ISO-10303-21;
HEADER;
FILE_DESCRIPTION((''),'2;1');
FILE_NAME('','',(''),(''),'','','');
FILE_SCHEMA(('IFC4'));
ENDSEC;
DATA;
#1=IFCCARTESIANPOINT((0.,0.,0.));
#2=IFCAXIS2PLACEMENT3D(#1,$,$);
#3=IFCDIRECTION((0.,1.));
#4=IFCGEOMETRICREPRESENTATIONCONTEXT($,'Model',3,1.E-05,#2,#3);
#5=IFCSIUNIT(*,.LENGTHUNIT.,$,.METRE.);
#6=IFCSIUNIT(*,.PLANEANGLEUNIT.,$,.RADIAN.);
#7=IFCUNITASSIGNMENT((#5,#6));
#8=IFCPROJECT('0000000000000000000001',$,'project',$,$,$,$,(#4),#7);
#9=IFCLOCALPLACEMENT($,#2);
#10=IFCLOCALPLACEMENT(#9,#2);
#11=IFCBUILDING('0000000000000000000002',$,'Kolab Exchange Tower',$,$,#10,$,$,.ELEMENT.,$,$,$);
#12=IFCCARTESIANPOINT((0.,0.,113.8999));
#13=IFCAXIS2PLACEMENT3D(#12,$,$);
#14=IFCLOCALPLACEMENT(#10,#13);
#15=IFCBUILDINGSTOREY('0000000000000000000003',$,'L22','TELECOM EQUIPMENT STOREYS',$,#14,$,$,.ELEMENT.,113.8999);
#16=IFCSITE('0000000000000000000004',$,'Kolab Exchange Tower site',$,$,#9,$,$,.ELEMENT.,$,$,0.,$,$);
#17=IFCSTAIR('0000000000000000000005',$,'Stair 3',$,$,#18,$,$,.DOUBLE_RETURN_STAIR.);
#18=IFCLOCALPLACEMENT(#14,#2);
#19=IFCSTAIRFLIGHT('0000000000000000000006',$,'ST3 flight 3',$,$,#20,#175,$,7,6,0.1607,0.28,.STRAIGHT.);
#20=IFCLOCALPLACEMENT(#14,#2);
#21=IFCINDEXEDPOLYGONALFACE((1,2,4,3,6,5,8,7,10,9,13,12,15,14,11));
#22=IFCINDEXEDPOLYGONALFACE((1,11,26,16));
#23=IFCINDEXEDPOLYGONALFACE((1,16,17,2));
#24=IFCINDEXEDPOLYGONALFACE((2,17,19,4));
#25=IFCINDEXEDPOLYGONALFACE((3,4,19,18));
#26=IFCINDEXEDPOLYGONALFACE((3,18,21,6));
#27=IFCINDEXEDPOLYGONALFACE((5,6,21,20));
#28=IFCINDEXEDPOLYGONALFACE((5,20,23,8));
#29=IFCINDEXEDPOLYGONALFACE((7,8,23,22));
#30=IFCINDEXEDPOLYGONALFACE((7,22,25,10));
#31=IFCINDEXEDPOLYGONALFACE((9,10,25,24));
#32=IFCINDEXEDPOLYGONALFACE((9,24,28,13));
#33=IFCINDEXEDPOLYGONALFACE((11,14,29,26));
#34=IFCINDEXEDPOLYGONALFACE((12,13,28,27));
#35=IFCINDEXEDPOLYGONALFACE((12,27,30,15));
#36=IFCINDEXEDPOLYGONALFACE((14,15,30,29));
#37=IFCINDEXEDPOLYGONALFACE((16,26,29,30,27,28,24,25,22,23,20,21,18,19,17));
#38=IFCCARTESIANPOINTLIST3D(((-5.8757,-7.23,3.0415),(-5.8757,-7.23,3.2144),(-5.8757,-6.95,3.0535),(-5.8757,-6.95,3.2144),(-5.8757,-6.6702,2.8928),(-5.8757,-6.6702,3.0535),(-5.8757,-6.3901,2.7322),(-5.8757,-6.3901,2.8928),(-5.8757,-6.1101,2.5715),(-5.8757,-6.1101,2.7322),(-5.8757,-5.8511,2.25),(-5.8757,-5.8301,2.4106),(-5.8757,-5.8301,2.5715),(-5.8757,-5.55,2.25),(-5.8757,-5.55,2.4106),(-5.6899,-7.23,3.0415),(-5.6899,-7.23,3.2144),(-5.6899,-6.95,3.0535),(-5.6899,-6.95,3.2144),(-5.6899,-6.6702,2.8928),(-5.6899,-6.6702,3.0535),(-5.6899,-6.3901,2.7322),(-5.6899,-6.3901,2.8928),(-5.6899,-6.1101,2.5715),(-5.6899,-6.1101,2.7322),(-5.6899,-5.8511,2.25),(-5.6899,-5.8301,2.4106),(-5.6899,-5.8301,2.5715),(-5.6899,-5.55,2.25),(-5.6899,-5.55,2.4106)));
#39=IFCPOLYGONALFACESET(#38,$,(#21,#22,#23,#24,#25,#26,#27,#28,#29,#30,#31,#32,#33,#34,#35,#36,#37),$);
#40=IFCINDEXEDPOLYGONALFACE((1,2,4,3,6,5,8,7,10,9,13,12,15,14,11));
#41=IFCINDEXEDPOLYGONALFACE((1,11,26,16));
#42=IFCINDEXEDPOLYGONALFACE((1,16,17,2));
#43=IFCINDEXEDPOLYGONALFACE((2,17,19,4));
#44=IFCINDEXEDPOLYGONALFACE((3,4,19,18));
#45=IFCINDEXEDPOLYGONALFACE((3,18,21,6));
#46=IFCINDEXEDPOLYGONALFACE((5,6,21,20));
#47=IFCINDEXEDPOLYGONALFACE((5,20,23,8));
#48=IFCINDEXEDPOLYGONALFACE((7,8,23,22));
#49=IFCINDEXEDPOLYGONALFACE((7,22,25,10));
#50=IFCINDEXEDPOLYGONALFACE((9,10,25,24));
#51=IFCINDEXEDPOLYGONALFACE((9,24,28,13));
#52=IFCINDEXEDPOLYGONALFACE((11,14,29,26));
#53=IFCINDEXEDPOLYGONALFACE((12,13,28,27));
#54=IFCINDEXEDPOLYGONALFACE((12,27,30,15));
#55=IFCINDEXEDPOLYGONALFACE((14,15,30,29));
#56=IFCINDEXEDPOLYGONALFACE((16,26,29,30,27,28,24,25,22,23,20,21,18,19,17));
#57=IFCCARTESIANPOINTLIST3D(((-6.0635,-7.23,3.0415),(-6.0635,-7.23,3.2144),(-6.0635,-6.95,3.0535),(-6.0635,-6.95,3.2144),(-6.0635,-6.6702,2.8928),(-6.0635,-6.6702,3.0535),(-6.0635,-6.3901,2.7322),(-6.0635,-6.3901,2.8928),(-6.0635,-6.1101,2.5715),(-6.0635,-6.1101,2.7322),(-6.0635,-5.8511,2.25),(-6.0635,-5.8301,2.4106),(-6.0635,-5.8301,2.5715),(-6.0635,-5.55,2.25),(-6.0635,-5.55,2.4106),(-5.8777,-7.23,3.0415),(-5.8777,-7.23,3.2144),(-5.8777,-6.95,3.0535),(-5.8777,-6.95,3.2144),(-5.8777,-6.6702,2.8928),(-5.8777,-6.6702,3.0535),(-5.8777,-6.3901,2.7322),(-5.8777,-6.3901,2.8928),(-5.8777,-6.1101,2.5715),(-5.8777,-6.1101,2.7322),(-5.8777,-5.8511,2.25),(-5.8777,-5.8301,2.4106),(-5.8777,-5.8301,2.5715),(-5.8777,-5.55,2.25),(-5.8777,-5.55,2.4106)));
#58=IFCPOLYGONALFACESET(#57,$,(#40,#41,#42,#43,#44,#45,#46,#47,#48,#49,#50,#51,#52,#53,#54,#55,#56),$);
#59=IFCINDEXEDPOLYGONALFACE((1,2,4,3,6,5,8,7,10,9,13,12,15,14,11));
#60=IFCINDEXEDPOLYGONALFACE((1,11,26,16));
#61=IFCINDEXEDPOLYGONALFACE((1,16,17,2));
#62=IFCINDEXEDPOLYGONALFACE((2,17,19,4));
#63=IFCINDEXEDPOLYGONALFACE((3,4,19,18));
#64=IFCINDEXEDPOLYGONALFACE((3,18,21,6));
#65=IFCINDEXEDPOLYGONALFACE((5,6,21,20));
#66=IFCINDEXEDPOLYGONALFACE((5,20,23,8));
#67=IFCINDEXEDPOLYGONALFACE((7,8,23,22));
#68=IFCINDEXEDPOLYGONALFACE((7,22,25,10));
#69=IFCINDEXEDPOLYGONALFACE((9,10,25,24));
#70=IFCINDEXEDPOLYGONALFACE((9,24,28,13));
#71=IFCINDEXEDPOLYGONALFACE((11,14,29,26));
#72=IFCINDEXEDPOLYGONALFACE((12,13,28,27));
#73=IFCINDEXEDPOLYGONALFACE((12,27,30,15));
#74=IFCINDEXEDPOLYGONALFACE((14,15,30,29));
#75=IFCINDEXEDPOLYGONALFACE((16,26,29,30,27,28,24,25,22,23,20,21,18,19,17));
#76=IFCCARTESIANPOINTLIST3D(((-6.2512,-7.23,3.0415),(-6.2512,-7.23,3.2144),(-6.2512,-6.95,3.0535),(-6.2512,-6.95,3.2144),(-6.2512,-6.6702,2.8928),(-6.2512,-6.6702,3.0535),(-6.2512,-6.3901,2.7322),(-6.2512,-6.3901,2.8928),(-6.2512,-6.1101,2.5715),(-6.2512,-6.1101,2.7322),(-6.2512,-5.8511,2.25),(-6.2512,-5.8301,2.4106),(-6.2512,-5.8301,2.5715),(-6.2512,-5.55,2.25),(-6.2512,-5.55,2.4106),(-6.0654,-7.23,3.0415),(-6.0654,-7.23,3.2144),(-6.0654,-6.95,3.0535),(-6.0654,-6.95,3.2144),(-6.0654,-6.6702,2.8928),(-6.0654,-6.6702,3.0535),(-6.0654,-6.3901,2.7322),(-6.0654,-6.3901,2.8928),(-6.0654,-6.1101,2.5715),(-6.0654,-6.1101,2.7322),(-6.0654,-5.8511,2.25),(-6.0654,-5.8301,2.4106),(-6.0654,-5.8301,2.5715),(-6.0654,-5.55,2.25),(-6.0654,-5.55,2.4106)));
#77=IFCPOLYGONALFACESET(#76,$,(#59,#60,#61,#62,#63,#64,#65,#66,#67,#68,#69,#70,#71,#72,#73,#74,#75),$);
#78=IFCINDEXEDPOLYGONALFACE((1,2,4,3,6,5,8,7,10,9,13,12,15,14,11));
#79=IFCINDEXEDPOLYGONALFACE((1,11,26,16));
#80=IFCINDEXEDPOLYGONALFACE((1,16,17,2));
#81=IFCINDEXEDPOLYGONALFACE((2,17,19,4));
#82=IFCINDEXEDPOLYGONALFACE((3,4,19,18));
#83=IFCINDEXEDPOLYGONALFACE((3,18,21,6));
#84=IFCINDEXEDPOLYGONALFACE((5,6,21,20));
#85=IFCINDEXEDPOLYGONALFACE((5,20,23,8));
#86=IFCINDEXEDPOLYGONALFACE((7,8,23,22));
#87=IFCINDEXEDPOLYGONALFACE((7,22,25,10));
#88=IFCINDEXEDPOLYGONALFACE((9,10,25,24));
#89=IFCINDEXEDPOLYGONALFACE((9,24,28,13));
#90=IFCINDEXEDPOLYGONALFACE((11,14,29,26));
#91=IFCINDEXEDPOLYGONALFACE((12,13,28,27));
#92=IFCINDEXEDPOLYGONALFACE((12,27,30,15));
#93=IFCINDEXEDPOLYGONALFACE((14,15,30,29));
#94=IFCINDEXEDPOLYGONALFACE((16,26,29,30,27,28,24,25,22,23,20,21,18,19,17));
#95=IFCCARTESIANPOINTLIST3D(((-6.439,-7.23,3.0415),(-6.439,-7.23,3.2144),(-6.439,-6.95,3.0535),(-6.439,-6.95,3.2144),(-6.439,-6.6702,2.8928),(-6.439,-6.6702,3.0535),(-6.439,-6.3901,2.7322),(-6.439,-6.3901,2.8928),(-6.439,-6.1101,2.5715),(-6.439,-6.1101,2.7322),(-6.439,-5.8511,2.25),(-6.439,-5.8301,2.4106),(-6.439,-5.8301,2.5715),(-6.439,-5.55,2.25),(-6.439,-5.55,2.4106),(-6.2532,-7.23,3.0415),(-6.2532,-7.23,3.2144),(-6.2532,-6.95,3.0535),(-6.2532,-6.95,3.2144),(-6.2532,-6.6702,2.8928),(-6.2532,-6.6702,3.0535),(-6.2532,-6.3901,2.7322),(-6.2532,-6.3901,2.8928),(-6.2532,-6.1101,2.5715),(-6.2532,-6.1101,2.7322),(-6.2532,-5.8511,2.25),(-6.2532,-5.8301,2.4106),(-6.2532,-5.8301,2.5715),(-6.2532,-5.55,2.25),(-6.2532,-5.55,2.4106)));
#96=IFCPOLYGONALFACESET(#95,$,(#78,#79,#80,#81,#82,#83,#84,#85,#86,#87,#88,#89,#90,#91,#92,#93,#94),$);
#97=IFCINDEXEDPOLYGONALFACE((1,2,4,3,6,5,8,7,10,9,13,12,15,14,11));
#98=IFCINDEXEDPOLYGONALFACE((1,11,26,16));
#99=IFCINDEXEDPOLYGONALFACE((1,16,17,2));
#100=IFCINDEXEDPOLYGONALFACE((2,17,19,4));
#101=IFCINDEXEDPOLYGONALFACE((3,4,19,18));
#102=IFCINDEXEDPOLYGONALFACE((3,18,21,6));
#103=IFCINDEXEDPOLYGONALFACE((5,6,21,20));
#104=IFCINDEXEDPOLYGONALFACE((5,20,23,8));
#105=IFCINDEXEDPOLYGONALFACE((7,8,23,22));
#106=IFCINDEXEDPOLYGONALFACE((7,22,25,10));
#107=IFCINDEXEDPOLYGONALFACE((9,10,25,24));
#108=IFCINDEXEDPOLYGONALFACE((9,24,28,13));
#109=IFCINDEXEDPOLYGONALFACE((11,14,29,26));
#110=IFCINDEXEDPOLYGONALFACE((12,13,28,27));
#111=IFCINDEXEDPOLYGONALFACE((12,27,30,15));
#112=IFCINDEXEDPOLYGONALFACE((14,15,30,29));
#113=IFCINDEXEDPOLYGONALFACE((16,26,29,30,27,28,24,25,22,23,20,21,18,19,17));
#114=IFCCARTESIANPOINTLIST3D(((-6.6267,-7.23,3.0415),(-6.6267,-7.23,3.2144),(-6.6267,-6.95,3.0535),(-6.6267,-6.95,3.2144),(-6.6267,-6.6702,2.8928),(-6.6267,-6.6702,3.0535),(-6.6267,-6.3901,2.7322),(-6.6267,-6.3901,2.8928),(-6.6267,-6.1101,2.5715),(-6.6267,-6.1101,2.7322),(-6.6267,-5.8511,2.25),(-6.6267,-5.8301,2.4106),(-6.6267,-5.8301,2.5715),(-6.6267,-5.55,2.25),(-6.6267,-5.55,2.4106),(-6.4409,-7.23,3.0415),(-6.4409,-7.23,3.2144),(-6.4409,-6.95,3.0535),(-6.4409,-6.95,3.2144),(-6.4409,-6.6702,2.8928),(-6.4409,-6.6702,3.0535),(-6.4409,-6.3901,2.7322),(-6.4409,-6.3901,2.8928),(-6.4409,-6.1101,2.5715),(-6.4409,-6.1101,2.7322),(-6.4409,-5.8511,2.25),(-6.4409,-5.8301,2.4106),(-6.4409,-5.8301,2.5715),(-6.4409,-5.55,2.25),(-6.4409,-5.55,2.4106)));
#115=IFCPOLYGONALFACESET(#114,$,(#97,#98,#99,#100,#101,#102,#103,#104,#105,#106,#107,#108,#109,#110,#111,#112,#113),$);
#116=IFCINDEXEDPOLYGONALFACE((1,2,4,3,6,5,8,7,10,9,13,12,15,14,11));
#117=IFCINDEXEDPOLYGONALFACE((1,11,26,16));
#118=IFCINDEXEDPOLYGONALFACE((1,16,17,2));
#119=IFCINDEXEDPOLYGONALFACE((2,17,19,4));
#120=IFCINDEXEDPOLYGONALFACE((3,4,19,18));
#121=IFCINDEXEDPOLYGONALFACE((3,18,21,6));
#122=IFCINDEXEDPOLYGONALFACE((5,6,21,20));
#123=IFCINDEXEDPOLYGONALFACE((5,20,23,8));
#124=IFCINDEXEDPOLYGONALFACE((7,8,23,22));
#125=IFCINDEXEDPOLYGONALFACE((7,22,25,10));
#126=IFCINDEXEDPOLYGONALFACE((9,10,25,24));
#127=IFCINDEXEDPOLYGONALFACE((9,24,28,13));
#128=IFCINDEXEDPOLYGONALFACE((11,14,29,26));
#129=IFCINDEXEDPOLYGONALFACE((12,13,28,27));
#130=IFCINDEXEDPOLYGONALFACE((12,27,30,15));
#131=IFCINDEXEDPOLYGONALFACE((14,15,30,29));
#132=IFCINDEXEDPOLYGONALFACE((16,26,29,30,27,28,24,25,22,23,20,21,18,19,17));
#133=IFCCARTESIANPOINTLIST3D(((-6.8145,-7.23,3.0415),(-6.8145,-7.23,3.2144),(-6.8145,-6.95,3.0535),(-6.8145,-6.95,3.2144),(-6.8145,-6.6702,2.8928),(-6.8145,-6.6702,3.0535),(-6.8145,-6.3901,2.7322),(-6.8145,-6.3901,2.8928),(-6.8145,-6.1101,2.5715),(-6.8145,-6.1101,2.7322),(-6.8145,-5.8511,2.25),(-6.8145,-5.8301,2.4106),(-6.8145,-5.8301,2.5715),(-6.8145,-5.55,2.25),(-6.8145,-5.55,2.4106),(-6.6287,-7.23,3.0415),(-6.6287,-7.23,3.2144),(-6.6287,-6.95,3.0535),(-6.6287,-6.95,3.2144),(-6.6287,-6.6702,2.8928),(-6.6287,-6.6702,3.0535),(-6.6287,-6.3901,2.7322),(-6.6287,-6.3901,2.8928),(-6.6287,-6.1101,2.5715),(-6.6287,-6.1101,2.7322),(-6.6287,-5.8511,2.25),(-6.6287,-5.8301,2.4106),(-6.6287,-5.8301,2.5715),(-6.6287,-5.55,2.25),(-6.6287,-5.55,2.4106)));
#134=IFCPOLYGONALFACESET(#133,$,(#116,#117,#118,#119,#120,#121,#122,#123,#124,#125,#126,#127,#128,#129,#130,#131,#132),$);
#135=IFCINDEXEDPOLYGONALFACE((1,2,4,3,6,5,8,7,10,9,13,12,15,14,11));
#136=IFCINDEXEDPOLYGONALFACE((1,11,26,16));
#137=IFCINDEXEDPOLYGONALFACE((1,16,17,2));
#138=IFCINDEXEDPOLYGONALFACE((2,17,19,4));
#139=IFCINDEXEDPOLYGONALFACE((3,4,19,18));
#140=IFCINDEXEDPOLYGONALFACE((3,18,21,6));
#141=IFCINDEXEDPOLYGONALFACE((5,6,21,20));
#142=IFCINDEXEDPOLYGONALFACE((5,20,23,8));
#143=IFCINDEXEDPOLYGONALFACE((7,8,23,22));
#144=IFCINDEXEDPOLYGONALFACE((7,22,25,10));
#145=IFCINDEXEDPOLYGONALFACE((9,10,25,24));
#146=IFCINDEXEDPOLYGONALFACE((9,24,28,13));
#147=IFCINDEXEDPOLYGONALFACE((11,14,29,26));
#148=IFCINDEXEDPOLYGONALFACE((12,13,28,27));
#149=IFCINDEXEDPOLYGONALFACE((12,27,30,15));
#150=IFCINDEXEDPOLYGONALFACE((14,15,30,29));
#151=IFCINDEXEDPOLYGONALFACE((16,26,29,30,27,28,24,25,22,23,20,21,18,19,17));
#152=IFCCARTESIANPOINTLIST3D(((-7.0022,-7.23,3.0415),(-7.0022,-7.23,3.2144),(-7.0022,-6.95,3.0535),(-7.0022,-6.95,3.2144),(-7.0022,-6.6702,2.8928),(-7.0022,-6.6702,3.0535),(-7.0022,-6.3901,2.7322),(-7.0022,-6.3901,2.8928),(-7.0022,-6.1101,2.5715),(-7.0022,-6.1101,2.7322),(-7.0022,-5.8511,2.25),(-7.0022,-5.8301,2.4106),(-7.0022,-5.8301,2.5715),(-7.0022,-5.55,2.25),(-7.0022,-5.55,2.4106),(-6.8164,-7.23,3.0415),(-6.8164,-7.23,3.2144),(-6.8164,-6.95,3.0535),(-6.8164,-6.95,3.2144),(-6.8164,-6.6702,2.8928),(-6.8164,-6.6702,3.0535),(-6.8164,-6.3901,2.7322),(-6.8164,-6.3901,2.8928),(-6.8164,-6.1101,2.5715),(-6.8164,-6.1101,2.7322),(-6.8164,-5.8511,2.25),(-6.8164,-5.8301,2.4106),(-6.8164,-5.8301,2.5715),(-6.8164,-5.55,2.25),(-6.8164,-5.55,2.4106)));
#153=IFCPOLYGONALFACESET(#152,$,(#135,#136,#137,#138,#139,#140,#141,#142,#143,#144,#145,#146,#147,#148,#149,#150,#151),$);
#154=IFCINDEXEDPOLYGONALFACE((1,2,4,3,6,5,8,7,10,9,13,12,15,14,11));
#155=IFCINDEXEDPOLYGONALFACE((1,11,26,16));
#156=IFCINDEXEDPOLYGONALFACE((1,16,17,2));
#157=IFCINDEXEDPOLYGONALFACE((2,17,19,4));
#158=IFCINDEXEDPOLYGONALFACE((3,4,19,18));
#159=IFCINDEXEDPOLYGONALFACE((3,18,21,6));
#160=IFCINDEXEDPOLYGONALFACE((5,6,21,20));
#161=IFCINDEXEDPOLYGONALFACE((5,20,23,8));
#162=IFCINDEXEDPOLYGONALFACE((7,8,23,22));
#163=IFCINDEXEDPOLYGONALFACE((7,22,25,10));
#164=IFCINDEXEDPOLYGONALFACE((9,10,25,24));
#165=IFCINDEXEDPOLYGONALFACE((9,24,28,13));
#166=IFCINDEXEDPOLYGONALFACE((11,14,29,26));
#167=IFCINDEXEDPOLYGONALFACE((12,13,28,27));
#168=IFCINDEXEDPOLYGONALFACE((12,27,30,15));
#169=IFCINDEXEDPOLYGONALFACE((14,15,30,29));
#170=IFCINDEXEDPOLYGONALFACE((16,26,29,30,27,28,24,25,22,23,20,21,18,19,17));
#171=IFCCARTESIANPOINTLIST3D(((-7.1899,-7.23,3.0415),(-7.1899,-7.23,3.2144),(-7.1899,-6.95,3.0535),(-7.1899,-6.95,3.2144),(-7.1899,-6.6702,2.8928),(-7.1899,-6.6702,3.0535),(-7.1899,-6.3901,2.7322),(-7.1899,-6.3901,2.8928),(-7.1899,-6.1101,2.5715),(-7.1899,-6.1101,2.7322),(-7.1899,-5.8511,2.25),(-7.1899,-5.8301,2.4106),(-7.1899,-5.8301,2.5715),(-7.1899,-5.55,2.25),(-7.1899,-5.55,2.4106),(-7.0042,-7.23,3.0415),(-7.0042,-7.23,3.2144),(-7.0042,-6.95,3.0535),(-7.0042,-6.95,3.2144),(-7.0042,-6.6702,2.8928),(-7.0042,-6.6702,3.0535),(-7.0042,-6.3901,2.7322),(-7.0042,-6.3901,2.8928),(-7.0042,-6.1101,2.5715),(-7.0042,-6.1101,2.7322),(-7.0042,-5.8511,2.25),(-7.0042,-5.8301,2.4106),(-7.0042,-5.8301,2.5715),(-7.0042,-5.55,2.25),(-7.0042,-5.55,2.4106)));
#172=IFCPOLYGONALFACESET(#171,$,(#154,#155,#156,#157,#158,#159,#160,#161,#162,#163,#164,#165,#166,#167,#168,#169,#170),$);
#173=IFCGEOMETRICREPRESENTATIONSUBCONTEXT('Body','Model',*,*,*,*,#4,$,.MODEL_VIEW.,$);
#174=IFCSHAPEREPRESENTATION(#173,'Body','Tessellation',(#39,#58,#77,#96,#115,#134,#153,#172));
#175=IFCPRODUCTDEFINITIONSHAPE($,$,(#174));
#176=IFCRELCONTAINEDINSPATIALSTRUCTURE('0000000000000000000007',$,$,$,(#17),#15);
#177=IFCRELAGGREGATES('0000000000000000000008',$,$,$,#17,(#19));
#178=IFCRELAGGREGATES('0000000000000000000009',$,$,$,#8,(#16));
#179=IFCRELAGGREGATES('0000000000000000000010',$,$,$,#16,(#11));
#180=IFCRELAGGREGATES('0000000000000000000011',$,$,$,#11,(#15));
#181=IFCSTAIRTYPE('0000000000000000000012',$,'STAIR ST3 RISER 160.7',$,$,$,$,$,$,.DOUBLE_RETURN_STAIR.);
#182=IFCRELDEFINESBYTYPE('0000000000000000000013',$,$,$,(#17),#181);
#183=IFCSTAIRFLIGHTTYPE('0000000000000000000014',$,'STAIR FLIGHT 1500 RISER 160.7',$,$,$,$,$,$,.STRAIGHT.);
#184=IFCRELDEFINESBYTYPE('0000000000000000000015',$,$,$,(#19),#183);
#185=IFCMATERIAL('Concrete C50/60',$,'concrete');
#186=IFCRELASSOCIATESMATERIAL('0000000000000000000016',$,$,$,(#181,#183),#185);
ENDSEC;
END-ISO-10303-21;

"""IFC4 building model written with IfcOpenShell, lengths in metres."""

from ifc_helpers import new_model, si_unit, direction, frame, origin, place, context, subcontext, project, spatial, polyline, outline, extrude, material, type_object, element, aggregate, save


model = new_model("IFC4")

# Units and contexts
model_context = context("Model", 3, precision=1e-05, world=origin(), true_north=direction((0.0, 1.0)))
body_context = subcontext(model_context, "Body", "Model", "MODEL_VIEW")
ifc_project = project(units=[si_unit("LENGTHUNIT", "METRE"), si_unit("PLANEANGLEUNIT", "RADIAN")], contexts=[model_context])

# Site, building, storey
site_placement = place(None, origin())
site = spatial("IfcSite", under=ifc_project, at=site_placement, Name="Kolab Exchange Tower site", CompositionType="ELEMENT", RefElevation=0.0)
building_placement = place(site_placement, origin())
building = spatial("IfcBuilding", under=site, at=building_placement, Name="Kolab Exchange Tower", CompositionType="ELEMENT")
storey_placement = place(building_placement, frame((0.0, 0.0, 113.8999)))
storey = spatial("IfcBuildingStorey", under=building, at=storey_placement, Name="L22", Description="TELECOM EQUIPMENT STOREYS", CompositionType="ELEMENT", Elevation=113.8999)

# Shared definitions
ifc_material_1 = material(Name="Concrete C50/60", Category="concrete")

# Stair, stair flight
stair_type = type_object("IfcStairType", Name="STAIR ST3 RISER 160.7", PredefinedType="DOUBLE_RETURN_STAIR", material=ifc_material_1)
stair_placement = place(storey_placement, origin())
stair = element("IfcStair", 1, at=stair_placement, inside=storey, type_object=stair_type, Name="Stair 3", PredefinedType="DOUBLE_RETURN_STAIR")
stair_flight_type = type_object("IfcStairFlightType", Name="STAIR FLIGHT 1500 RISER 160.7", PredefinedType="STRAIGHT", material=ifc_material_1)
stair_flight_1_placement = place(storey_placement, frame((-6.4399, -5.55, 2.25), z_axis=(0.0, 0.0, 1.0), x_axis=(0.0, -1.0, 0.0)))
stair_flight_1 = element("IfcStairFlight", 2, at=stair_flight_1_placement, type_object=stair_flight_type, Name="ST3 flight 3", NumberOfRisers=7, NumberOfTreads=6, PredefinedType="STRAIGHT", RiserHeight=0.1607, TreadLength=0.28, context=body_context, shape_type="SweptSolid", body=[
    extrude(outline(polyline([(0.0, 0.0), (0.0, 0.1606), (0.28, 0.1606), (0.28, 0.3215), (0.5601, 0.3215), (0.5601, 0.4822), (0.8401, 0.4822), (0.8401, 0.6428), (1.1201, 0.6428), (1.1201, 0.8035), (1.3999, 0.8035), (1.3999, 0.9644), (1.6799, 0.9644), (1.6799, 1.125), (1.6799, 0.7915), (0.301, 0.0), (0.0, 0.0)])), frame((0.0, 0.75, 0.0), z_axis=(0.0, -1.0, 0.0), x_axis=(1.0, 0.0, 0.0)), (0.0, 0.0, 1.0), 0.1858),
    extrude(outline(polyline([(0.0, 0.0), (0.0, 0.1606), (0.28, 0.1606), (0.28, 0.3215), (0.5601, 0.3215), (0.5601, 0.4822), (0.8401, 0.4822), (0.8401, 0.6428), (1.1201, 0.6428), (1.1201, 0.8035), (1.3999, 0.8035), (1.3999, 0.9644), (1.6799, 0.9644), (1.6799, 1.125), (1.6799, 0.7915), (0.301, 0.0), (0.0, 0.0)])), frame((0.0, 0.5623, 0.0), z_axis=(0.0, -1.0, 0.0), x_axis=(1.0, 0.0, 0.0)), (0.0, 0.0, 1.0), 0.1858),
    extrude(outline(polyline([(0.0, 0.0), (0.0, 0.1606), (0.28, 0.1606), (0.28, 0.3215), (0.5601, 0.3215), (0.5601, 0.4822), (0.8401, 0.4822), (0.8401, 0.6428), (1.1201, 0.6428), (1.1201, 0.8035), (1.3999, 0.8035), (1.3999, 0.9644), (1.6799, 0.9644), (1.6799, 1.125), (1.6799, 0.7915), (0.301, 0.0), (0.0, 0.0)])), frame((0.0, 0.3745, 0.0), z_axis=(0.0, -1.0, 0.0), x_axis=(1.0, 0.0, 0.0)), (0.0, 0.0, 1.0), 0.1858),
    extrude(outline(polyline([(0.0, 0.0), (0.0, 0.1606), (0.28, 0.1606), (0.28, 0.3215), (0.5601, 0.3215), (0.5601, 0.4822), (0.8401, 0.4822), (0.8401, 0.6428), (1.1201, 0.6428), (1.1201, 0.8035), (1.3999, 0.8035), (1.3999, 0.9644), (1.6799, 0.9644), (1.6799, 1.125), (1.6799, 0.7915), (0.301, 0.0), (0.0, 0.0)])), frame((0.0, 0.1868, 0.0), z_axis=(0.0, -1.0, 0.0), x_axis=(1.0, 0.0, 0.0)), (0.0, 0.0, 1.0), 0.1858),
    extrude(outline(polyline([(0.0, 0.0), (0.0, 0.1606), (0.28, 0.1606), (0.28, 0.3215), (0.5601, 0.3215), (0.5601, 0.4822), (0.8401, 0.4822), (0.8401, 0.6428), (1.1201, 0.6428), (1.1201, 0.8035), (1.3999, 0.8035), (1.3999, 0.9644), (1.6799, 0.9644), (1.6799, 1.125), (1.6799, 0.7915), (0.301, 0.0), (0.0, 0.0)])), frame((0.0, -0.001, 0.0), z_axis=(0.0, -1.0, 0.0), x_axis=(1.0, 0.0, 0.0)), (0.0, 0.0, 1.0), 0.1858),
    extrude(outline(polyline([(0.0, 0.0), (0.0, 0.1606), (0.28, 0.1606), (0.28, 0.3215), (0.5601, 0.3215), (0.5601, 0.4822), (0.8401, 0.4822), (0.8401, 0.6428), (1.1201, 0.6428), (1.1201, 0.8035), (1.3999, 0.8035), (1.3999, 0.9644), (1.6799, 0.9644), (1.6799, 1.125), (1.6799, 0.7915), (0.301, 0.0), (0.0, 0.0)])), frame((0.0, -0.1887, 0.0), z_axis=(0.0, -1.0, 0.0), x_axis=(1.0, 0.0, 0.0)), (0.0, 0.0, 1.0), 0.1858),
    extrude(outline(polyline([(0.0, 0.0), (0.0, 0.1606), (0.28, 0.1606), (0.28, 0.3215), (0.5601, 0.3215), (0.5601, 0.4822), (0.8401, 0.4822), (0.8401, 0.6428), (1.1201, 0.6428), (1.1201, 0.8035), (1.3999, 0.8035), (1.3999, 0.9644), (1.6799, 0.9644), (1.6799, 1.125), (1.6799, 0.7915), (0.301, 0.0), (0.0, 0.0)])), frame((0.0, -0.3765, 0.0), z_axis=(0.0, -1.0, 0.0), x_axis=(1.0, 0.0, 0.0)), (0.0, 0.0, 1.0), 0.1858),
    extrude(outline(polyline([(0.0, 0.0), (0.0, 0.1606), (0.28, 0.1606), (0.28, 0.3215), (0.5601, 0.3215), (0.5601, 0.4822), (0.8401, 0.4822), (0.8401, 0.6428), (1.1201, 0.6428), (1.1201, 0.8035), (1.3999, 0.8035), (1.3999, 0.9644), (1.6799, 0.9644), (1.6799, 1.125), (1.6799, 0.7915), (0.301, 0.0), (0.0, 0.0)])), frame((0.0, -0.5642, 0.0), z_axis=(0.0, -1.0, 0.0), x_axis=(1.0, 0.0, 0.0)), (0.0, 0.0, 1.0), 0.1858),
])
aggregate(stair, [stair_flight_1])

save(model, "model.ifc")
